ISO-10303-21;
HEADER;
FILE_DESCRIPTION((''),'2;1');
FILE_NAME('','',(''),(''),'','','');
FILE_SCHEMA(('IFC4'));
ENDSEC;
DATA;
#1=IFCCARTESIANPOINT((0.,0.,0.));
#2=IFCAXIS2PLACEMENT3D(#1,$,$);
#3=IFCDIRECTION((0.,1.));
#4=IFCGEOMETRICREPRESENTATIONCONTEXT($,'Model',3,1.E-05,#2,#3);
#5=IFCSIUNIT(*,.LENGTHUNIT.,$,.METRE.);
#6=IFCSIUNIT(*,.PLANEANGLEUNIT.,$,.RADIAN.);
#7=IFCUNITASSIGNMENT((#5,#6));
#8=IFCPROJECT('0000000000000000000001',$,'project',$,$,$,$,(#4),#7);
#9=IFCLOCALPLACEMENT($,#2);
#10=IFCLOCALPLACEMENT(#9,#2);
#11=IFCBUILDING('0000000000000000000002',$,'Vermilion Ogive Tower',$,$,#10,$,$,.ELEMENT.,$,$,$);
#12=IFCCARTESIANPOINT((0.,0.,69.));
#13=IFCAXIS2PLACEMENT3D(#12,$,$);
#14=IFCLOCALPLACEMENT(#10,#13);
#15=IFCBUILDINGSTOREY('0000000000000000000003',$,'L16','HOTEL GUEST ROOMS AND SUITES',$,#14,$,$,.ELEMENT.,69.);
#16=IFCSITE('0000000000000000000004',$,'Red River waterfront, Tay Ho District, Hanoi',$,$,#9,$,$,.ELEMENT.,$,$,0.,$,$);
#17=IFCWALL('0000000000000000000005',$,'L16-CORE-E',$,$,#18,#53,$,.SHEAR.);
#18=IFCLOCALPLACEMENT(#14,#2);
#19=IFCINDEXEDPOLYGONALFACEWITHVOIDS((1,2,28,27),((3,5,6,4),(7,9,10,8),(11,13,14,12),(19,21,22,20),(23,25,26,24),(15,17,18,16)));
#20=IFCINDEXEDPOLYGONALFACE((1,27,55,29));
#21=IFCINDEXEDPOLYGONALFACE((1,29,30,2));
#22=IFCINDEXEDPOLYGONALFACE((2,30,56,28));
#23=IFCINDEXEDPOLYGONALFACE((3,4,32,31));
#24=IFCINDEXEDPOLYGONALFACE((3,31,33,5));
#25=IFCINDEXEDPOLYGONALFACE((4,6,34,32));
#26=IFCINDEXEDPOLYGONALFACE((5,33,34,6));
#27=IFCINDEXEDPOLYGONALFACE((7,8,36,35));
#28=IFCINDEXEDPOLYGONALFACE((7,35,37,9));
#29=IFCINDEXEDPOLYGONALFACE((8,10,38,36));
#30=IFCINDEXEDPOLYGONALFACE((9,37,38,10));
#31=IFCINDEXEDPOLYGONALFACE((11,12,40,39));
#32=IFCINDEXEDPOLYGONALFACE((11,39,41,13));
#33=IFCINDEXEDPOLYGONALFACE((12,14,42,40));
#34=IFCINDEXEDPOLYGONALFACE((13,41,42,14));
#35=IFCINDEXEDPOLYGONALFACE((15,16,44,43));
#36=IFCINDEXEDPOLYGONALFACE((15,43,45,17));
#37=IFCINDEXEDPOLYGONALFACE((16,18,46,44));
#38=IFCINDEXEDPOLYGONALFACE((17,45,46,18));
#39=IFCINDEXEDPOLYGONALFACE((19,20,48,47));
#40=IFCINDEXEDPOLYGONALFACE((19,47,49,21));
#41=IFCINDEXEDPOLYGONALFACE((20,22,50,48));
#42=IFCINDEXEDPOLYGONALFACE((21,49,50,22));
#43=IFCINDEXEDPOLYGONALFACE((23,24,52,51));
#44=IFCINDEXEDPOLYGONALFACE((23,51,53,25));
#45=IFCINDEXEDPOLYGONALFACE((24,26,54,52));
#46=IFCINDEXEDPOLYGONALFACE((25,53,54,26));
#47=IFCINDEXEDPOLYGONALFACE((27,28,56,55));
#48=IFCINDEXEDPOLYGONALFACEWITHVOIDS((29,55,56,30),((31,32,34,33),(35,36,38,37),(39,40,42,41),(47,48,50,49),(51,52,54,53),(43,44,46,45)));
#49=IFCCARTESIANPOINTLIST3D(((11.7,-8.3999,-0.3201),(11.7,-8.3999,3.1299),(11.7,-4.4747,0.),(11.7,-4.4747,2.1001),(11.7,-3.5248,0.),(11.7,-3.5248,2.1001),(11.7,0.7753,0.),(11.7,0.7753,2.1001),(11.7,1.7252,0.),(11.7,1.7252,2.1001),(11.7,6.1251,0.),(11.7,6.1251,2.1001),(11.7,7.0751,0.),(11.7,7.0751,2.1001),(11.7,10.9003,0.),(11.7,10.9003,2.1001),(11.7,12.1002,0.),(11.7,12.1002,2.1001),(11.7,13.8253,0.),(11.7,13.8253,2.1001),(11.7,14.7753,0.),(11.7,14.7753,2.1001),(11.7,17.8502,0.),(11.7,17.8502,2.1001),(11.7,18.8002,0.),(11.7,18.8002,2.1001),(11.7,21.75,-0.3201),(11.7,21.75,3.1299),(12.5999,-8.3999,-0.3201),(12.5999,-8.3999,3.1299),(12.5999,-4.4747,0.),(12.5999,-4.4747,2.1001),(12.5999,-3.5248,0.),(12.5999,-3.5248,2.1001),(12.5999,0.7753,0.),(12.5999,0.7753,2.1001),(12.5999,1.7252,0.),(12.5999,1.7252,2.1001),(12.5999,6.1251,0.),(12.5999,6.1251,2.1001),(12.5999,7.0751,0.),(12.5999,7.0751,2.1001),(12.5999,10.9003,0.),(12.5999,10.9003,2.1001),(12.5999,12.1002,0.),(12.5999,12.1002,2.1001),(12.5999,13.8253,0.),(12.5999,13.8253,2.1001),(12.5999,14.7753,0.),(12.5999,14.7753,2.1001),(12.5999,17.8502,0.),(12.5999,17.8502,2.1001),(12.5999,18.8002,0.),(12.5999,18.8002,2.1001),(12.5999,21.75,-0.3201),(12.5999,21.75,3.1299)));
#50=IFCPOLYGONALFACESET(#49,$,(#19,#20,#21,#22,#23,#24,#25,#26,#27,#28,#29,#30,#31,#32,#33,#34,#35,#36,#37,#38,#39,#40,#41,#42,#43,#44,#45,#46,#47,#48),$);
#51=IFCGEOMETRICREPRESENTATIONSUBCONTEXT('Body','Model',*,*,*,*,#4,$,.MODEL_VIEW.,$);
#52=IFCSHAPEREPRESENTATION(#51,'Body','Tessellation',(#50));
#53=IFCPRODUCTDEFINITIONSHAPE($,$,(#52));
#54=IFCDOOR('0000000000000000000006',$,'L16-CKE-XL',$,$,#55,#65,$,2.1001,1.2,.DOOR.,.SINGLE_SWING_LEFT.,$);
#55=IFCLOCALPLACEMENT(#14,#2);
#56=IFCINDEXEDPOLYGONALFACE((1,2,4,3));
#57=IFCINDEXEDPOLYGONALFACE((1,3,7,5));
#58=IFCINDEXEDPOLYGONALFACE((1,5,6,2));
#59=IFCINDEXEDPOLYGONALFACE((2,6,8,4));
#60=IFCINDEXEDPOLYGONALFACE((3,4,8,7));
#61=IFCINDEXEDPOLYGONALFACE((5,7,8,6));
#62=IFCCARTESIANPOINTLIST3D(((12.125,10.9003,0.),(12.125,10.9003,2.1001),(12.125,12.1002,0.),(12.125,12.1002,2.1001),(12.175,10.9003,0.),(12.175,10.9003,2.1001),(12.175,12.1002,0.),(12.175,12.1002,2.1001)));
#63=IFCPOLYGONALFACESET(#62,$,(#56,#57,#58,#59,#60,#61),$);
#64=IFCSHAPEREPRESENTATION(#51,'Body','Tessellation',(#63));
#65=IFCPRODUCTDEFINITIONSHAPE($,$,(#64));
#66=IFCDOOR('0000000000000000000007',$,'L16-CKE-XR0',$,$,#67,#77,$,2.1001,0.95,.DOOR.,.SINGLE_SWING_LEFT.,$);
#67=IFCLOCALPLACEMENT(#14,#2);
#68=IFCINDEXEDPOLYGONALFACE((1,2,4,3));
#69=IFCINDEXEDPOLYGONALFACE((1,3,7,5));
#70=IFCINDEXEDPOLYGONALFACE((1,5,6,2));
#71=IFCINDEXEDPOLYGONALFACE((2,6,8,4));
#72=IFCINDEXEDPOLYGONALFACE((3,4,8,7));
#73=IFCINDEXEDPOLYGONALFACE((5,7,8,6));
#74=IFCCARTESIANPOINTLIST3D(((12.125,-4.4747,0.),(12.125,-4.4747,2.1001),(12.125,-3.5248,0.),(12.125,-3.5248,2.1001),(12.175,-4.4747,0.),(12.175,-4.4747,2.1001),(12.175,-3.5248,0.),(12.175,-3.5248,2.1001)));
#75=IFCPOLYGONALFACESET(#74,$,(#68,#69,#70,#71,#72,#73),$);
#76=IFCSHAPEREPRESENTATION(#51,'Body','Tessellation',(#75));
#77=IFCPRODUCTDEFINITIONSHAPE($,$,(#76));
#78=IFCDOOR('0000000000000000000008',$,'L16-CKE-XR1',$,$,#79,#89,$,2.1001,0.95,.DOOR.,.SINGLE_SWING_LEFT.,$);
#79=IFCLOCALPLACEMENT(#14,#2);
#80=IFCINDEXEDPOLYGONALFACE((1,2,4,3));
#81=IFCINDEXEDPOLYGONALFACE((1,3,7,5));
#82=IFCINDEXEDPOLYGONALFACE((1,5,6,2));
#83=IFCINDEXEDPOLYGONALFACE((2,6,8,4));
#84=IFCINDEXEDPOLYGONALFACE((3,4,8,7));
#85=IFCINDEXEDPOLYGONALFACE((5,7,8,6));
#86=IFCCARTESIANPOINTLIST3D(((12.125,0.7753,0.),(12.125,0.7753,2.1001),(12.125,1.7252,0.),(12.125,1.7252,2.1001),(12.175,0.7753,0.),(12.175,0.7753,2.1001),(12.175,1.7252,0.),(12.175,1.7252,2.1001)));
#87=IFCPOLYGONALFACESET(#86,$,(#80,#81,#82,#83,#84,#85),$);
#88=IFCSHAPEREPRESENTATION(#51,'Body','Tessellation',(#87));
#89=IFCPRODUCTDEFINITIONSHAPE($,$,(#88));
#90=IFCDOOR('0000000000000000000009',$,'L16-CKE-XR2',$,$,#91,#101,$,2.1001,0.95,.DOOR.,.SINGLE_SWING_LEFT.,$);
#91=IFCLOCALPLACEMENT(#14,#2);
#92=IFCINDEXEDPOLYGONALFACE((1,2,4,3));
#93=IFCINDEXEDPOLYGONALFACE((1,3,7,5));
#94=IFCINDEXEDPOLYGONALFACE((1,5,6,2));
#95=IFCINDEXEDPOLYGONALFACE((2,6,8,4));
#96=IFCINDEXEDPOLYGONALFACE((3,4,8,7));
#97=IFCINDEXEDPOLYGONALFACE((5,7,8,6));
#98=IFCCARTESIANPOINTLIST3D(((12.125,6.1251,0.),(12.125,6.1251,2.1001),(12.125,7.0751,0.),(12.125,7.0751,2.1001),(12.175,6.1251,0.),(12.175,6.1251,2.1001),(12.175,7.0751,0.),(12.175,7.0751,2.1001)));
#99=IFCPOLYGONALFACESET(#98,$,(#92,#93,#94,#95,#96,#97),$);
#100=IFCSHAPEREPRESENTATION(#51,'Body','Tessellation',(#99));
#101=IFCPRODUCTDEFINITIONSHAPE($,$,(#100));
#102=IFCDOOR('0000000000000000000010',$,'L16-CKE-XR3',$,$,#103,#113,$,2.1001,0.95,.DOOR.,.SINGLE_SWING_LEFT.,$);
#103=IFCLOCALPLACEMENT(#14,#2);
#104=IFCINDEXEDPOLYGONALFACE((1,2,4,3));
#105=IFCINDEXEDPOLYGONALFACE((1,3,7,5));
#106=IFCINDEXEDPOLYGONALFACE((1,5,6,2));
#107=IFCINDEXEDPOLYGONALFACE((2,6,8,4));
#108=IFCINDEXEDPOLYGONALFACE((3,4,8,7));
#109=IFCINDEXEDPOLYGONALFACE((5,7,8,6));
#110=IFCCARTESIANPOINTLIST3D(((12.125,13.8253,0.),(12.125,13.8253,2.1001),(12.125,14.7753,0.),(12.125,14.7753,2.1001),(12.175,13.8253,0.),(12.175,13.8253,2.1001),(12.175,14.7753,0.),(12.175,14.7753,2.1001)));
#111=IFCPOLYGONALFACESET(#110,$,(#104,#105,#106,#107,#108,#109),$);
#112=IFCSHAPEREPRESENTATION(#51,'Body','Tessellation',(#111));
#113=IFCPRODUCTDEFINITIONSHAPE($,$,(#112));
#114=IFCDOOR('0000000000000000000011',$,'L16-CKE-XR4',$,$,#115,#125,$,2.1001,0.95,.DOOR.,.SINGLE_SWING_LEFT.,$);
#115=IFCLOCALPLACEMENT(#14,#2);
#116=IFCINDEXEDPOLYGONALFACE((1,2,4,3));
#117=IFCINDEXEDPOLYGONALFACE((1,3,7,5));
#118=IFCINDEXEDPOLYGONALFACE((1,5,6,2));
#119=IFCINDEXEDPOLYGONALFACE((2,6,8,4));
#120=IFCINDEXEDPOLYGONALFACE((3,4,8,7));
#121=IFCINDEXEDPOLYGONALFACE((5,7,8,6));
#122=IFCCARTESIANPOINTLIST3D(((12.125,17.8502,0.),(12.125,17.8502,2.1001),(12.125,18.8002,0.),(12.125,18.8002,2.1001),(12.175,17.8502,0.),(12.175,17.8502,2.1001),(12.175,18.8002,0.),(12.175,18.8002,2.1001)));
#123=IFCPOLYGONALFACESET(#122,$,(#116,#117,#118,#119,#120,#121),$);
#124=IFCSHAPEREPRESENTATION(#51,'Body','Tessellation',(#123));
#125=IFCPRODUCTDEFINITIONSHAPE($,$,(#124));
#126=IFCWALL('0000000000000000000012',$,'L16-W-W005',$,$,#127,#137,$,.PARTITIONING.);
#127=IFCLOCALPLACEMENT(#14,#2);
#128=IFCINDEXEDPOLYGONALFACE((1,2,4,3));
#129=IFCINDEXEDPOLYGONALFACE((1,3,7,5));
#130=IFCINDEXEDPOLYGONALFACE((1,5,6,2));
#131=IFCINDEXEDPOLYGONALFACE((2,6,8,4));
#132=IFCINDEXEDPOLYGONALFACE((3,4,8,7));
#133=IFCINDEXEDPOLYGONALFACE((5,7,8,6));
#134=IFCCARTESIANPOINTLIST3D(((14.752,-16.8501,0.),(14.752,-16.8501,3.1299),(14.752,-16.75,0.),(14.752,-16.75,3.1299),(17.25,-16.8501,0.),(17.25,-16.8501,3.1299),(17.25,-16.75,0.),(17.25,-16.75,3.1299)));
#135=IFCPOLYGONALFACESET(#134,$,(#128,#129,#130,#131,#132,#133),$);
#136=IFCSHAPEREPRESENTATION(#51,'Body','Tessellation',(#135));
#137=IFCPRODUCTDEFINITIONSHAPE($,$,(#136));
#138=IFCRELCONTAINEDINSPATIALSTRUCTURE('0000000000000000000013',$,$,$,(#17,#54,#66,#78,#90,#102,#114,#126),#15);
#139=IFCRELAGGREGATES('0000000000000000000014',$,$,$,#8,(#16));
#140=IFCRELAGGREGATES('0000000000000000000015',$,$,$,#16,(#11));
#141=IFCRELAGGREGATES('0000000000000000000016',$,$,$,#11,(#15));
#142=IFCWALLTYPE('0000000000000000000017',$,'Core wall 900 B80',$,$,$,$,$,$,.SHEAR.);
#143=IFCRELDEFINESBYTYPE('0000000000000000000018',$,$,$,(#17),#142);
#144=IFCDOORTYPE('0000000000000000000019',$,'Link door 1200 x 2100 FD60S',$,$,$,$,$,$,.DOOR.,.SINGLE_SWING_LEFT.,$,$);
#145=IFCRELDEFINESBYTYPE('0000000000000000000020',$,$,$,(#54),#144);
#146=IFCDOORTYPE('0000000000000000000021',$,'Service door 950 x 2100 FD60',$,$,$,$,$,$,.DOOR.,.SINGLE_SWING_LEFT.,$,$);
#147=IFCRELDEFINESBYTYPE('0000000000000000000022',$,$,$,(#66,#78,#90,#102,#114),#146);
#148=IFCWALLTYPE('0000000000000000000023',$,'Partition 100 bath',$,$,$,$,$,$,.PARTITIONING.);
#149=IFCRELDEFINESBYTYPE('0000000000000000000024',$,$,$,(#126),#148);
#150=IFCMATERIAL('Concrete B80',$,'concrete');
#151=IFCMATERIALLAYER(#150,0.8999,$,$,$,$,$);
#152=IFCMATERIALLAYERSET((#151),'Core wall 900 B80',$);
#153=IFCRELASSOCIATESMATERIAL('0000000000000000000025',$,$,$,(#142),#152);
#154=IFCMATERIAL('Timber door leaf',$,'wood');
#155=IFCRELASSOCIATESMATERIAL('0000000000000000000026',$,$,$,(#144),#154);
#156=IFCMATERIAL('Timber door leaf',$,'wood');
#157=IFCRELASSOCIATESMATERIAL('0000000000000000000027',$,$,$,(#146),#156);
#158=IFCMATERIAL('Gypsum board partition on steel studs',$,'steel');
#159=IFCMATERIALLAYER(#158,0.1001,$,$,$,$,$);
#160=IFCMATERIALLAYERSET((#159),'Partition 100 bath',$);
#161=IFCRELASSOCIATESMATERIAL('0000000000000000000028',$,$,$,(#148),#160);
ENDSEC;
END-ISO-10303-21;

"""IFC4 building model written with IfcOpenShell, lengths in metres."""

from ifc_helpers import new_model, si_unit, direction, frame, frame_2d, origin, place, context, subcontext, project, spatial, rectangle, extrude, material, layer, layer_set, type_object, element, fill, save


model = new_model("IFC4")

# Units and contexts
model_context = context("Model", 3, precision=1e-05, world=origin(), true_north=direction((0.0, 1.0)))
body_context = subcontext(model_context, "Body", "Model", "MODEL_VIEW")
ifc_project = project(units=[si_unit("LENGTHUNIT", "METRE"), si_unit("PLANEANGLEUNIT", "RADIAN")], contexts=[model_context])

# Site, building, storey
site_placement = place(None, origin())
site = spatial("IfcSite", under=ifc_project, at=site_placement, Name="Red River waterfront, Tay Ho District, Hanoi", CompositionType="ELEMENT", RefElevation=0.0)
building_placement = place(site_placement, origin())
building = spatial("IfcBuilding", under=site, at=building_placement, Name="Vermilion Ogive Tower", CompositionType="ELEMENT")
storey_placement = place(building_placement, frame((0.0, 0.0, 69.0)))
storey = spatial("IfcBuildingStorey", under=building, at=storey_placement, Name="L16", Description="HOTEL GUEST ROOMS AND SUITES", CompositionType="ELEMENT", Elevation=69.0)

# Wall, openings, doors
ifc_material_1 = material(Name="Concrete B80", Category="concrete")
ifc_layer_1 = layer(ifc_material_1, 0.8999)
ifc_layer_set_1 = layer_set([ifc_layer_1], Name="Core wall 900 B80")
wall_type_1 = type_object("IfcWallType", Name="Core wall 900 B80", PredefinedType="SHEAR", material=ifc_layer_set_1)
wall_1_placement = place(storey_placement, frame((12.1499, -8.3999, -0.3201), z_axis=(0.0, 0.0, 1.0), x_axis=(0.0, 1.0, 0.0)))
wall_1 = element("IfcWall", 1, at=wall_1_placement, inside=storey, type_object=wall_type_1, Name="L16-CORE-E", PredefinedType="SHEAR", context=body_context, shape_type="SweptSolid", body=[
    extrude(rectangle(XDim=30.1499, YDim=0.8999, at=frame_2d((15.075, 0.0))), origin(), (0.0, 0.0, 1.0), 3.45),
])
opening_1_placement = place(wall_1_placement, frame((3.925, 0.0, 0.3201)))
opening_1 = element("IfcOpeningElement", 2, at=opening_1_placement, cuts=wall_1, PredefinedType="OPENING", context=body_context, shape_type="SweptSolid", body=[
    extrude(rectangle(XDim=0.95, YDim=2.1001, at=frame_2d((0.4751, 1.05))), frame((0.0, 0.46, 0.0), z_axis=(0.0, -1.0, 0.0), x_axis=(1.0, 0.0, 0.0)), (0.0, 0.0, 1.0), 0.9199),
])
opening_2_placement = place(wall_1_placement, frame((9.175, 0.0, 0.3201)))
opening_2 = element("IfcOpeningElement", 3, at=opening_2_placement, cuts=wall_1, PredefinedType="OPENING", context=body_context, shape_type="SweptSolid", body=[
    extrude(rectangle(XDim=0.95, YDim=2.1001, at=frame_2d((0.4751, 1.05))), frame((0.0, 0.46, 0.0), z_axis=(0.0, -1.0, 0.0), x_axis=(1.0, 0.0, 0.0)), (0.0, 0.0, 1.0), 0.9199),
])
opening_3_placement = place(wall_1_placement, frame((14.5249, 0.0, 0.3201)))
opening_3 = element("IfcOpeningElement", 4, at=opening_3_placement, cuts=wall_1, PredefinedType="OPENING", context=body_context, shape_type="SweptSolid", body=[
    extrude(rectangle(XDim=0.95, YDim=2.1001, at=frame_2d((0.4751, 1.05))), frame((0.0, 0.46, 0.0), z_axis=(0.0, -1.0, 0.0), x_axis=(1.0, 0.0, 0.0)), (0.0, 0.0, 1.0), 0.9199),
])
opening_4_placement = place(wall_1_placement, frame((22.2251, 0.0, 0.3201)))
opening_4 = element("IfcOpeningElement", 5, at=opening_4_placement, cuts=wall_1, PredefinedType="OPENING", context=body_context, shape_type="SweptSolid", body=[
    extrude(rectangle(XDim=0.95, YDim=2.1001, at=frame_2d((0.4751, 1.05))), frame((0.0, 0.46, 0.0), z_axis=(0.0, -1.0, 0.0), x_axis=(1.0, 0.0, 0.0)), (0.0, 0.0, 1.0), 0.9199),
])
opening_5_placement = place(wall_1_placement, frame((26.25, 0.0, 0.3201)))
opening_5 = element("IfcOpeningElement", 6, at=opening_5_placement, cuts=wall_1, PredefinedType="OPENING", context=body_context, shape_type="SweptSolid", body=[
    extrude(rectangle(XDim=0.95, YDim=2.1001, at=frame_2d((0.4751, 1.05))), frame((0.0, 0.46, 0.0), z_axis=(0.0, -1.0, 0.0), x_axis=(1.0, 0.0, 0.0)), (0.0, 0.0, 1.0), 0.9199),
])
opening_6_placement = place(wall_1_placement, frame((19.3, 0.0, 0.3201)))
opening_6 = element("IfcOpeningElement", 7, at=opening_6_placement, cuts=wall_1, PredefinedType="OPENING", context=body_context, shape_type="SweptSolid", body=[
    extrude(rectangle(XDim=1.2, YDim=2.1001, at=frame_2d((0.6001, 1.05))), frame((0.0, 0.46, 0.0), z_axis=(0.0, -1.0, 0.0), x_axis=(1.0, 0.0, 0.0)), (0.0, 0.0, 1.0), 0.9199),
])
ifc_material_2 = material(Name="Timber door leaf", Category="wood")
door_type_1 = type_object("IfcDoorType", Name="Link door 1200 x 2100 FD60S", OperationType="SINGLE_SWING_LEFT", PredefinedType="DOOR", material=ifc_material_2)
door_1_placement = place(opening_6_placement, origin())
door_1 = element("IfcDoor", 8, at=door_1_placement, inside=storey, type_object=door_type_1, Name="L16-CKE-XL", OperationType="SINGLE_SWING_LEFT", OverallHeight=2.1001, OverallWidth=1.2, PredefinedType="DOOR", context=body_context, shape_type="SweptSolid", body=[
    extrude(rectangle(XDim=1.2, YDim=2.1001, at=frame_2d((0.6001, 1.05))), frame((0.0, 0.0249, 0.0), z_axis=(0.0, -1.0, 0.0), x_axis=(1.0, 0.0, 0.0)), (0.0, 0.0, 1.0), 0.05),
])
fill(opening_6, door_1)
ifc_material_3 = material(Name="Timber door leaf", Category="wood")
door_type_2 = type_object("IfcDoorType", Name="Service door 950 x 2100 FD60", OperationType="SINGLE_SWING_LEFT", PredefinedType="DOOR", material=ifc_material_3)
door_2_placement = place(opening_1_placement, origin())
door_2 = element("IfcDoor", 9, at=door_2_placement, inside=storey, type_object=door_type_2, Name="L16-CKE-XR0", OperationType="SINGLE_SWING_LEFT", OverallHeight=2.1001, OverallWidth=0.95, PredefinedType="DOOR", context=body_context, shape_type="SweptSolid", body=[
    extrude(rectangle(XDim=0.95, YDim=2.1001, at=frame_2d((0.4751, 1.05))), frame((0.0, 0.0249, 0.0), z_axis=(0.0, -1.0, 0.0), x_axis=(1.0, 0.0, 0.0)), (0.0, 0.0, 1.0), 0.05),
])
fill(opening_1, door_2)
door_3_placement = place(opening_2_placement, origin())
door_3 = element("IfcDoor", 10, at=door_3_placement, inside=storey, type_object=door_type_2, Name="L16-CKE-XR1", OperationType="SINGLE_SWING_LEFT", OverallHeight=2.1001, OverallWidth=0.95, PredefinedType="DOOR", context=body_context, shape_type="SweptSolid", body=[
    extrude(rectangle(XDim=0.95, YDim=2.1001, at=frame_2d((0.4751, 1.05))), frame((0.0, 0.0249, 0.0), z_axis=(0.0, -1.0, 0.0), x_axis=(1.0, 0.0, 0.0)), (0.0, 0.0, 1.0), 0.05),
])
fill(opening_2, door_3)
door_4_placement = place(opening_3_placement, origin())
door_4 = element("IfcDoor", 11, at=door_4_placement, inside=storey, type_object=door_type_2, Name="L16-CKE-XR2", OperationType="SINGLE_SWING_LEFT", OverallHeight=2.1001, OverallWidth=0.95, PredefinedType="DOOR", context=body_context, shape_type="SweptSolid", body=[
    extrude(rectangle(XDim=0.95, YDim=2.1001, at=frame_2d((0.4751, 1.05))), frame((0.0, 0.0249, 0.0), z_axis=(0.0, -1.0, 0.0), x_axis=(1.0, 0.0, 0.0)), (0.0, 0.0, 1.0), 0.05),
])
fill(opening_3, door_4)
door_5_placement = place(opening_4_placement, origin())
door_5 = element("IfcDoor", 12, at=door_5_placement, inside=storey, type_object=door_type_2, Name="L16-CKE-XR3", OperationType="SINGLE_SWING_LEFT", OverallHeight=2.1001, OverallWidth=0.95, PredefinedType="DOOR", context=body_context, shape_type="SweptSolid", body=[
    extrude(rectangle(XDim=0.95, YDim=2.1001, at=frame_2d((0.4751, 1.05))), frame((0.0, 0.0249, 0.0), z_axis=(0.0, -1.0, 0.0), x_axis=(1.0, 0.0, 0.0)), (0.0, 0.0, 1.0), 0.05),
])
fill(opening_4, door_5)
door_6_placement = place(opening_5_placement, origin())
door_6 = element("IfcDoor", 13, at=door_6_placement, inside=storey, type_object=door_type_2, Name="L16-CKE-XR4", OperationType="SINGLE_SWING_LEFT", OverallHeight=2.1001, OverallWidth=0.95, PredefinedType="DOOR", context=body_context, shape_type="SweptSolid", body=[
    extrude(rectangle(XDim=0.95, YDim=2.1001, at=frame_2d((0.4751, 1.05))), frame((0.0, 0.0249, 0.0), z_axis=(0.0, -1.0, 0.0), x_axis=(1.0, 0.0, 0.0)), (0.0, 0.0, 1.0), 0.05),
])
fill(opening_5, door_6)

# Wall
ifc_material_4 = material(Name="Gypsum board partition on steel studs", Category="steel")
ifc_layer_2 = layer(ifc_material_4, 0.1001)
ifc_layer_set_2 = layer_set([ifc_layer_2], Name="Partition 100 bath")
wall_type_2 = type_object("IfcWallType", Name="Partition 100 bath", PredefinedType="PARTITIONING", material=ifc_layer_set_2)
wall_2_placement = place(storey_placement, frame((14.752, -16.8, 0.0), z_axis=(0.0, 0.0, 1.0), x_axis=(1.0, 0.0, 0.0)))
element("IfcWall", 14, at=wall_2_placement, inside=storey, type_object=wall_type_2, Name="L16-W-W005", PredefinedType="PARTITIONING", context=body_context, shape_type="SweptSolid", body=[
    extrude(rectangle(XDim=2.498, YDim=0.1001, at=frame_2d((1.249, 0.0))), origin(), (0.0, 0.0, 1.0), 3.1299),
])

save(model, "model.ifc")
